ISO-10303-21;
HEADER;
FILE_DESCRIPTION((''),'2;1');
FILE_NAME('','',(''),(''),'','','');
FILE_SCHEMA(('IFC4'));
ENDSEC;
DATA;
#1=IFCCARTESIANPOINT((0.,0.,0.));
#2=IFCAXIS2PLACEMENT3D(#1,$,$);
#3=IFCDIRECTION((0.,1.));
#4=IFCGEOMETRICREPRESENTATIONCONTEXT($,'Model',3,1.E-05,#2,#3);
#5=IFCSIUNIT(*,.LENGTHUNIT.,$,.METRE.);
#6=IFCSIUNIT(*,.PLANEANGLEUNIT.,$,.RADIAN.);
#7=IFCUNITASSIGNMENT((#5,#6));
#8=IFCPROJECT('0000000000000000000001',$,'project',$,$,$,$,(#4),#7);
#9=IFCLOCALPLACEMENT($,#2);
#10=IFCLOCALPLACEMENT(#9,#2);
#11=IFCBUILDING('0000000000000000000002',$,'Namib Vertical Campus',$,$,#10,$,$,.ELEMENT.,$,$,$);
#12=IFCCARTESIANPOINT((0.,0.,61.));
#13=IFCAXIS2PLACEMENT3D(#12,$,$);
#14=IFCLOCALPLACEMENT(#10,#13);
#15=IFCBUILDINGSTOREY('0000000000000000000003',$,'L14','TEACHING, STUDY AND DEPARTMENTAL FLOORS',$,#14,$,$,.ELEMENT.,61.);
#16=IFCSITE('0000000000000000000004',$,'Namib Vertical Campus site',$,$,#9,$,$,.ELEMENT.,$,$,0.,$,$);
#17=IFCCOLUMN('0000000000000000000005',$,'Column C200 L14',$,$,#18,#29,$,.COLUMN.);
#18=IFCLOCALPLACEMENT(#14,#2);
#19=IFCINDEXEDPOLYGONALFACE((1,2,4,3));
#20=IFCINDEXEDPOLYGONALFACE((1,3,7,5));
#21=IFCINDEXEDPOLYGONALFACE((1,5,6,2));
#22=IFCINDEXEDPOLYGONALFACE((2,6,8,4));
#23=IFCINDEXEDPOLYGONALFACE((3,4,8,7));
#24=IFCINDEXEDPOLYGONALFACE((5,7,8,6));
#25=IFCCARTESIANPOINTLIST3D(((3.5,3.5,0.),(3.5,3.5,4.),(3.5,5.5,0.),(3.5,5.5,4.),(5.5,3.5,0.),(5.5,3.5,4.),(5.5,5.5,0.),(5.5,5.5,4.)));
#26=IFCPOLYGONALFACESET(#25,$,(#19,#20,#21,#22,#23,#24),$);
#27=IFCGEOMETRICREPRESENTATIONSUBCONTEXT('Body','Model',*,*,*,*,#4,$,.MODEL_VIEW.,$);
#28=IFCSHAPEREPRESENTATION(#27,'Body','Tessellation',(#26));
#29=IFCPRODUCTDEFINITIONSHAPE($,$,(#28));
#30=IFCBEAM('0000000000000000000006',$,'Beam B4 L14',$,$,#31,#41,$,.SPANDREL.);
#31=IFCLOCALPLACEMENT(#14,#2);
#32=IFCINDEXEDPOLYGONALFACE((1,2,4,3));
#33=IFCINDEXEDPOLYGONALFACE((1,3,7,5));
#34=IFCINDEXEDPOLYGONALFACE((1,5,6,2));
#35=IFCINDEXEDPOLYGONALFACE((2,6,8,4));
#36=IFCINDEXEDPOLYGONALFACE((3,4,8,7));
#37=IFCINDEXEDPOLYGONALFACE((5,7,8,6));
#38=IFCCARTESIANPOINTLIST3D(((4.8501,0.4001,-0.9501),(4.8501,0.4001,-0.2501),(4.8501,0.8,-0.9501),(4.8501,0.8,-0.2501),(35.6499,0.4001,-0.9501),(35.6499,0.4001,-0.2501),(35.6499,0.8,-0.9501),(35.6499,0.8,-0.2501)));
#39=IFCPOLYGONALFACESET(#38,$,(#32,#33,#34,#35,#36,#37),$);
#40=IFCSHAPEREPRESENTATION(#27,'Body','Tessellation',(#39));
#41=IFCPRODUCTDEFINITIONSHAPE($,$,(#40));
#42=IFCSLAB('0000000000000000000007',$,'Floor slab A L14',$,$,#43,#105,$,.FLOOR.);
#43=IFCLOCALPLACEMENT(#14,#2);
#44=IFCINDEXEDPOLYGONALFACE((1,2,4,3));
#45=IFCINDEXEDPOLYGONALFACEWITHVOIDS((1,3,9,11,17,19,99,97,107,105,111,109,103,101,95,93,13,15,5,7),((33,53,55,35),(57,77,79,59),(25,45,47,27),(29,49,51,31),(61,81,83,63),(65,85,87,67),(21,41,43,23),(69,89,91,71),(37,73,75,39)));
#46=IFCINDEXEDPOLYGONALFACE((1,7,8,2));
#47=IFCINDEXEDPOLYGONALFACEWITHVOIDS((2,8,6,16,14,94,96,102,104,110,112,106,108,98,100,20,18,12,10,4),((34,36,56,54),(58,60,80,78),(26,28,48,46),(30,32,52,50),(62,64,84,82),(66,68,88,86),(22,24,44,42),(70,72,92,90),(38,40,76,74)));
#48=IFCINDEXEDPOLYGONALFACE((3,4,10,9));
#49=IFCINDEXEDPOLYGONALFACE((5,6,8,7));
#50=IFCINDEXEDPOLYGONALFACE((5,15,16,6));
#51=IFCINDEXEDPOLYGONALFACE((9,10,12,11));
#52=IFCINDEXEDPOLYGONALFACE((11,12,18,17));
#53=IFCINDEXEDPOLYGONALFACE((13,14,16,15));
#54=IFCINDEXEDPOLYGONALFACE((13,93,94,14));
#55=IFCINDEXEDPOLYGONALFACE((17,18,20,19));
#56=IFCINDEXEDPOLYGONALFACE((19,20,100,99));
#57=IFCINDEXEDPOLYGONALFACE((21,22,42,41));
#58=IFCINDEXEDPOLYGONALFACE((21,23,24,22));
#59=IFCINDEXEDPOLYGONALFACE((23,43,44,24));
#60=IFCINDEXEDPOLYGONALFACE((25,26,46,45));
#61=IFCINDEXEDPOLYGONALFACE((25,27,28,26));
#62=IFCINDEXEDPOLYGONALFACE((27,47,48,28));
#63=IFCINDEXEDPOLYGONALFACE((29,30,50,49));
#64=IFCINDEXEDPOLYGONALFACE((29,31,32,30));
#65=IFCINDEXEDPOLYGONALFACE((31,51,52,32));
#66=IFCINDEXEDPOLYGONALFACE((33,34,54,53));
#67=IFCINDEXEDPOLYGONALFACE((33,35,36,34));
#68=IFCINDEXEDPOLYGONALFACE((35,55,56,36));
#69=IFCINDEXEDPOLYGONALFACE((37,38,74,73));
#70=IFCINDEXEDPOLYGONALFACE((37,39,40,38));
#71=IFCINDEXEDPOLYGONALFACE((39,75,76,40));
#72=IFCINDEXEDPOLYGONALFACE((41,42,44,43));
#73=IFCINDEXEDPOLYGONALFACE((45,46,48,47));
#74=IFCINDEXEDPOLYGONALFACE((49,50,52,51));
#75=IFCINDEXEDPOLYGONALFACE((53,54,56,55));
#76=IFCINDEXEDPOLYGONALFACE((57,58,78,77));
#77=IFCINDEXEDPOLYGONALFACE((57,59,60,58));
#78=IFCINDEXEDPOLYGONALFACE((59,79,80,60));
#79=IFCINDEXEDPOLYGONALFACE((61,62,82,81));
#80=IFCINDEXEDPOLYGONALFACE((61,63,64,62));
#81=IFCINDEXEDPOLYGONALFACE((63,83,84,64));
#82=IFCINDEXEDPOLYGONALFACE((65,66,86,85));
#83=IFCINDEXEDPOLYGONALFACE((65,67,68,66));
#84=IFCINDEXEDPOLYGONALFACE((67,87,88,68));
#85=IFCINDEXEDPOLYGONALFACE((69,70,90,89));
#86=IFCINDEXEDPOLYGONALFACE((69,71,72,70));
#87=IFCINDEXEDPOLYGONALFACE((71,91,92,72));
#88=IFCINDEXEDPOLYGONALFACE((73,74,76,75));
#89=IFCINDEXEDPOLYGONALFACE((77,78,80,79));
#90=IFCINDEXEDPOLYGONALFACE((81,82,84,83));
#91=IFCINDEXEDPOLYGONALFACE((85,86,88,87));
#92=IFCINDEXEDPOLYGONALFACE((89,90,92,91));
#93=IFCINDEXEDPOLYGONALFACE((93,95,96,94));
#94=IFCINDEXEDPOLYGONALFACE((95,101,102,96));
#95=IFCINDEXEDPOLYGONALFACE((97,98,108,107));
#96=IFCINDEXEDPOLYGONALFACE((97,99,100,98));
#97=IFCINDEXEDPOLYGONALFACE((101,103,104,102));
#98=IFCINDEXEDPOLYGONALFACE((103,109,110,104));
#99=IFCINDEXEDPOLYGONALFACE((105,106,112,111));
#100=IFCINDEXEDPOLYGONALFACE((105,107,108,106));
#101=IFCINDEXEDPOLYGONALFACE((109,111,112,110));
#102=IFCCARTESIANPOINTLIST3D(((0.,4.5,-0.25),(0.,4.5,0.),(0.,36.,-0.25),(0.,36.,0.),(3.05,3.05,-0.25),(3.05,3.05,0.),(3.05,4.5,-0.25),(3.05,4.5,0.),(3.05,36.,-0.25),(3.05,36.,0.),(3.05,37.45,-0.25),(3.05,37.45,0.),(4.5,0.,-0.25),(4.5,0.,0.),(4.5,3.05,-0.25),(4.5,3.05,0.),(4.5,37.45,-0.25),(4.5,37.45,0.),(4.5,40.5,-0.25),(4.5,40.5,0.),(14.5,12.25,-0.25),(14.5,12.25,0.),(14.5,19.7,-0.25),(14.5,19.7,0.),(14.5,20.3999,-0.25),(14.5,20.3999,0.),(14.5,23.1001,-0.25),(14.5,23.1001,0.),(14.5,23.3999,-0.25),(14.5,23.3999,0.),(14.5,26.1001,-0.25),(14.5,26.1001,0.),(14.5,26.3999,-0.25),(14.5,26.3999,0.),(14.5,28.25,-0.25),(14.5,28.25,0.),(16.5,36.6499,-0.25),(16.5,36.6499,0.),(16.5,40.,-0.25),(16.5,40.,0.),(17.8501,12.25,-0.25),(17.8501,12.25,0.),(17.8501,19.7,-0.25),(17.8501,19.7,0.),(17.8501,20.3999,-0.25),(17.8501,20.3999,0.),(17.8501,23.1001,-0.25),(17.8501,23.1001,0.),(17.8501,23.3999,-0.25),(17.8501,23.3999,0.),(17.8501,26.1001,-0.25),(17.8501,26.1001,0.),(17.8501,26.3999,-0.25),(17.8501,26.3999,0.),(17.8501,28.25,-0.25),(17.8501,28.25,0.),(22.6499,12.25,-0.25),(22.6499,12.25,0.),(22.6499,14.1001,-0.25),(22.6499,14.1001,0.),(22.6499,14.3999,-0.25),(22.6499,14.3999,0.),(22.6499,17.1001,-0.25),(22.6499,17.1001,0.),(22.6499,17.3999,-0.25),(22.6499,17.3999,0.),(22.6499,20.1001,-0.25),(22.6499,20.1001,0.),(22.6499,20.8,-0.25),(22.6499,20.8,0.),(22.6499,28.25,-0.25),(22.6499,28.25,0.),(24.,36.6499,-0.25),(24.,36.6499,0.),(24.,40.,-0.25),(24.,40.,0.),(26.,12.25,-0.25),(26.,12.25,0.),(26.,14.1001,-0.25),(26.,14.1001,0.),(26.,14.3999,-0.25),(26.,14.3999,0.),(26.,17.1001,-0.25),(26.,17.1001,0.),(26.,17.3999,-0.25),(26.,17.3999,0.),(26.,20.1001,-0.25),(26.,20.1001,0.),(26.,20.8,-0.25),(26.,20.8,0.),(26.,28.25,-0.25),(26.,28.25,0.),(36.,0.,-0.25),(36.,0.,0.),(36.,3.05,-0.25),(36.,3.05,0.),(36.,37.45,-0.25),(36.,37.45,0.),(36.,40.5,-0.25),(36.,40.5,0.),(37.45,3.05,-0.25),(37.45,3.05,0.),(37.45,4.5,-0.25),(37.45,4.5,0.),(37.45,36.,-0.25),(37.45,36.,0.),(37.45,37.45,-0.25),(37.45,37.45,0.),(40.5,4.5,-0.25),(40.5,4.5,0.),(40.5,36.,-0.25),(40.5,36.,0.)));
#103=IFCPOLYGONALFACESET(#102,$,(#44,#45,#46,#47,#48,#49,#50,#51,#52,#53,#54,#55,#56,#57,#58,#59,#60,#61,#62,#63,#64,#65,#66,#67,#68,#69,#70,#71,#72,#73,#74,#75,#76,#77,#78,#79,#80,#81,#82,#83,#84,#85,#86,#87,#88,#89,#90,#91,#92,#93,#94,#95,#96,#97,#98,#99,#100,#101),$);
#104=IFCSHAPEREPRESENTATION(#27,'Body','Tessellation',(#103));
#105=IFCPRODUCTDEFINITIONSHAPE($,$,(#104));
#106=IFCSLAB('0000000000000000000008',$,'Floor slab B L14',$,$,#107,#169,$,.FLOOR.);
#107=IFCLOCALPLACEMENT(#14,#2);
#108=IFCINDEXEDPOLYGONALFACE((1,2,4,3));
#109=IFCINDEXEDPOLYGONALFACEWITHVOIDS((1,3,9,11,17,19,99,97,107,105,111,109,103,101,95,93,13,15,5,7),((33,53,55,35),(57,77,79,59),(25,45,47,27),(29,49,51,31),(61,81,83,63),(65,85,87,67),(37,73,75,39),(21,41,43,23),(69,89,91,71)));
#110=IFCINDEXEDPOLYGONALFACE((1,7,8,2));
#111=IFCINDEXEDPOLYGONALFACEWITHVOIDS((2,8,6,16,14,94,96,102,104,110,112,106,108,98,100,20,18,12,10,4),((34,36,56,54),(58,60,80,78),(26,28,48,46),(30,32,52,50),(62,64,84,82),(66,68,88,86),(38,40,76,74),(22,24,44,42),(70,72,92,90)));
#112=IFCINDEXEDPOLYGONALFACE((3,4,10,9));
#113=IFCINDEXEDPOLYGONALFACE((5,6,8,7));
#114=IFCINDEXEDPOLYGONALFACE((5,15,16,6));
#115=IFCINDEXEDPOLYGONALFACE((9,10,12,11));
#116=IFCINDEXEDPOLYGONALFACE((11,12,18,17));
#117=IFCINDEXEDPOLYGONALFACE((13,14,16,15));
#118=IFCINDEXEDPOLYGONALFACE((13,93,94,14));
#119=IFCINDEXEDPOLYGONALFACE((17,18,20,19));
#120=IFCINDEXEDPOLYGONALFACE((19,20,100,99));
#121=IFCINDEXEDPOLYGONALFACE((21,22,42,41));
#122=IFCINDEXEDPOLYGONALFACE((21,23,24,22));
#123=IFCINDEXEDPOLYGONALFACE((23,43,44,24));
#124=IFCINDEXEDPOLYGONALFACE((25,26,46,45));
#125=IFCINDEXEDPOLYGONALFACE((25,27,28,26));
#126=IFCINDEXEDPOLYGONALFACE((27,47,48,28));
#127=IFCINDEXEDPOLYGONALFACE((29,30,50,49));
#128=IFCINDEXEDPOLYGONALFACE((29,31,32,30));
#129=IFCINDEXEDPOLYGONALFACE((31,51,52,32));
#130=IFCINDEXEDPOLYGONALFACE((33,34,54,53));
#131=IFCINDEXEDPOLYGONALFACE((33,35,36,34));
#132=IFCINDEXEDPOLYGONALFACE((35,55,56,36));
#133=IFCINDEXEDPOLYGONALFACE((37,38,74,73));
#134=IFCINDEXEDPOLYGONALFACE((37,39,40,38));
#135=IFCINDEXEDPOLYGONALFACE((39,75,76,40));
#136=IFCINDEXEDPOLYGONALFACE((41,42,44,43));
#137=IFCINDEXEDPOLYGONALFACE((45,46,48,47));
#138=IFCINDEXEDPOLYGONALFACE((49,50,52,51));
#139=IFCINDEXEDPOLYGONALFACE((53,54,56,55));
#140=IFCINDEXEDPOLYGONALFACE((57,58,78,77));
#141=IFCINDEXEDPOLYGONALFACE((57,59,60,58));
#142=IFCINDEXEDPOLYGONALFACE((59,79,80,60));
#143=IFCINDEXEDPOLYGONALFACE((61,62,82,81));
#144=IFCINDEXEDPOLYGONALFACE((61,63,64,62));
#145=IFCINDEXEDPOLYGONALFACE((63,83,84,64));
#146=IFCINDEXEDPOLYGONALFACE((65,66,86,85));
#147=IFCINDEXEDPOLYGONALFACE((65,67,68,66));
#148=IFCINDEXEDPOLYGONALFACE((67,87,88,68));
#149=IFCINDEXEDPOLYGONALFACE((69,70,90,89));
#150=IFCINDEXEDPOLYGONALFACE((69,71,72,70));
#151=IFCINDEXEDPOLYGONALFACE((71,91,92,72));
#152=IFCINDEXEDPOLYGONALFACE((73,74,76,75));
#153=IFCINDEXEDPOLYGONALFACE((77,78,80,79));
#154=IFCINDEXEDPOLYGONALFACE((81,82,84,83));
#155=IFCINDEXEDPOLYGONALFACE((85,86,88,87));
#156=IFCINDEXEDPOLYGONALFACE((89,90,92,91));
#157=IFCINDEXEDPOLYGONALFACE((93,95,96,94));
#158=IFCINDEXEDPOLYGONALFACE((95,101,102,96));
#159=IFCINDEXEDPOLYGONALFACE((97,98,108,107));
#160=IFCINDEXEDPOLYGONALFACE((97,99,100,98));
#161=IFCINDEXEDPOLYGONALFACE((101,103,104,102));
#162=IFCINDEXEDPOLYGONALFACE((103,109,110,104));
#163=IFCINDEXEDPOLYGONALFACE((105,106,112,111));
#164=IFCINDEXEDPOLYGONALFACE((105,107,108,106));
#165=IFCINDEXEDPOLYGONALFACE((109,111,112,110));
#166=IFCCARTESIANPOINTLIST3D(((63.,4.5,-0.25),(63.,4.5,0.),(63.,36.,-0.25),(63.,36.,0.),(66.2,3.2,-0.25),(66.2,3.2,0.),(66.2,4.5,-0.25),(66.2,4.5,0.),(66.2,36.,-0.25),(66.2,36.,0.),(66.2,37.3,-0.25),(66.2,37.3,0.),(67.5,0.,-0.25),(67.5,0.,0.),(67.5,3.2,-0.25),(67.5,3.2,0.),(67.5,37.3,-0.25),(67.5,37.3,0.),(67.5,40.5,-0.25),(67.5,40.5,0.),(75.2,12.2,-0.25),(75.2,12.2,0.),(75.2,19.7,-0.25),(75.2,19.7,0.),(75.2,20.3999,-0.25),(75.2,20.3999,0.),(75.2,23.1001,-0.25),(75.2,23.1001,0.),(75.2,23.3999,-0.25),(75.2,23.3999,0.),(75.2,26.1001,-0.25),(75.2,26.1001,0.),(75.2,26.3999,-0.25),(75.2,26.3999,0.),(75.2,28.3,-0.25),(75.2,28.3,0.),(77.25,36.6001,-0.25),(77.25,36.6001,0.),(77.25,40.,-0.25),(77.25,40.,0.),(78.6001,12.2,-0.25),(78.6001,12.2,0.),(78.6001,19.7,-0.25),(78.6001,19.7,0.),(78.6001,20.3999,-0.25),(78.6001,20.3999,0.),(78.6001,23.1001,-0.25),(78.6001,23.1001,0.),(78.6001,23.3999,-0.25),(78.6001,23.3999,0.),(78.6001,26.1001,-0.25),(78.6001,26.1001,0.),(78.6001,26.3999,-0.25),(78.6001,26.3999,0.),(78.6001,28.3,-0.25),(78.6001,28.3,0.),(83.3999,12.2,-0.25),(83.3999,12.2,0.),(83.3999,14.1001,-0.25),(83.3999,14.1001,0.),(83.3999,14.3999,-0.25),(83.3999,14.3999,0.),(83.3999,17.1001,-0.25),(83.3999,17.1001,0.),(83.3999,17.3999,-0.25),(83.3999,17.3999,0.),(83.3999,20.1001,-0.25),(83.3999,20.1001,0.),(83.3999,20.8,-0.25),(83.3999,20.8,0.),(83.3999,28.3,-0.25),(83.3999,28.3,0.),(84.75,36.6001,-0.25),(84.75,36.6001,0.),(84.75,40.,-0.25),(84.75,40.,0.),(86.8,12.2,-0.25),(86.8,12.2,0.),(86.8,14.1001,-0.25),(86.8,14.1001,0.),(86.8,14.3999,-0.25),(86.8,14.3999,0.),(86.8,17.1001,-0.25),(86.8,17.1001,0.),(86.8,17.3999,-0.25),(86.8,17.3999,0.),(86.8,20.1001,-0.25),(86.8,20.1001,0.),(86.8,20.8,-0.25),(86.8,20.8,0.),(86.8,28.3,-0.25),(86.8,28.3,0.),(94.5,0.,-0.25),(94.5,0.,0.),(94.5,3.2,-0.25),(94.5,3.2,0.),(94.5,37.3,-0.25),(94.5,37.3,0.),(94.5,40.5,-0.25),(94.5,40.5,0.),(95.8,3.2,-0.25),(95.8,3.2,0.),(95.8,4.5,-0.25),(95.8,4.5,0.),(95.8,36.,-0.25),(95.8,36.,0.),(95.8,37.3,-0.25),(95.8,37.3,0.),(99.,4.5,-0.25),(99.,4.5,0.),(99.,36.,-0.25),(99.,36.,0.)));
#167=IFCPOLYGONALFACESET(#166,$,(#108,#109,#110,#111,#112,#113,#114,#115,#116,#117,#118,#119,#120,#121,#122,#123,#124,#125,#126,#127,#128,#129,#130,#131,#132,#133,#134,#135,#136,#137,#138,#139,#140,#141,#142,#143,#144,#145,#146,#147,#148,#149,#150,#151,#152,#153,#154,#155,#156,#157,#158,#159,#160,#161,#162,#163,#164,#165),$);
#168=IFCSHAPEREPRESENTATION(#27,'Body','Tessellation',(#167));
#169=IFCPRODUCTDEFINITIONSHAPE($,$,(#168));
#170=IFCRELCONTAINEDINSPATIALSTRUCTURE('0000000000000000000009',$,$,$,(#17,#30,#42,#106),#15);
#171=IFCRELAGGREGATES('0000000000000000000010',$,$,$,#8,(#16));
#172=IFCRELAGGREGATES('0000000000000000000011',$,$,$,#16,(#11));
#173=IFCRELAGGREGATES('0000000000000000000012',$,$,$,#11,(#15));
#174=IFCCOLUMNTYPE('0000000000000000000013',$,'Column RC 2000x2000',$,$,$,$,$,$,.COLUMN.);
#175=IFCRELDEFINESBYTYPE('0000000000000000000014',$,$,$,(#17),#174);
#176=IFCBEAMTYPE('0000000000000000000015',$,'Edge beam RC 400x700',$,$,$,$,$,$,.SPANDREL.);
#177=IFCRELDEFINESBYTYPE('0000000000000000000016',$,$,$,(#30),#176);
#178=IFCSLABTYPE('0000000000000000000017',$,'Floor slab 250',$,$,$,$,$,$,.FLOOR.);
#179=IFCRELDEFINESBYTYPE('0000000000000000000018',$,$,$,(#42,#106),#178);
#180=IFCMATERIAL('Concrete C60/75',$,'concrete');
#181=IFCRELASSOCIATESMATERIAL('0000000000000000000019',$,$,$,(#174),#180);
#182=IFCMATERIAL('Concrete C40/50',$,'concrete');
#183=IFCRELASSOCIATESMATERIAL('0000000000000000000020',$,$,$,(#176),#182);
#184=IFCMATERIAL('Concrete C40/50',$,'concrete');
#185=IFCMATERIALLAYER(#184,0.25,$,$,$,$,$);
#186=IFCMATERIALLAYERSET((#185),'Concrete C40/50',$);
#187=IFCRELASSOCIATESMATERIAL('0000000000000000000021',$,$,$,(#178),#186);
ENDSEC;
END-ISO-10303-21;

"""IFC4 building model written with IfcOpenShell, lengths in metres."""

from ifc_helpers import new_model, si_unit, direction, frame, origin, origin_2d, place, context, subcontext, project, spatial, polyline, rectangle, outline, extrude, material, layer, layer_set, material_profile, profile_set, type_object, element, save


model = new_model("IFC4")

# Units and contexts
model_context = context("Model", 3, precision=1e-05, world=origin(), true_north=direction((0.0, 1.0)))
body_context = subcontext(model_context, "Body", "Model", "MODEL_VIEW")
ifc_project = project(units=[si_unit("LENGTHUNIT", "METRE"), si_unit("PLANEANGLEUNIT", "RADIAN")], contexts=[model_context])

# Site, building, storey
site_placement = place(None, origin())
site = spatial("IfcSite", under=ifc_project, at=site_placement, Name="Namib Vertical Campus site", CompositionType="ELEMENT", RefElevation=0.0)
building_placement = place(site_placement, origin())
building = spatial("IfcBuilding", under=site, at=building_placement, Name="Namib Vertical Campus", CompositionType="ELEMENT")
storey_placement = place(building_placement, frame((0.0, 0.0, 61.0)))
storey = spatial("IfcBuildingStorey", under=building, at=storey_placement, Name="L14", Description="TEACHING, STUDY AND DEPARTMENTAL FLOORS", CompositionType="ELEMENT", Elevation=61.0)

# Column
ifc_material_1 = material(Name="Concrete C60/75", Category="concrete")
ifc_material_profile_1 = material_profile(ifc_material_1, rectangle(XDim=2.0, YDim=2.0, at=origin_2d()))
ifc_profile_set_1 = profile_set([ifc_material_profile_1], Name="Concrete C60/75")
column_type = type_object("IfcColumnType", Name="Column RC 2000x2000", PredefinedType="COLUMN", material=ifc_profile_set_1)
column_placement = place(storey_placement, frame((4.5, 4.5, 0.0), z_axis=(0.0, 0.0, 1.0), x_axis=(1.0, 0.0, 0.0)))
element("IfcColumn", 1, at=column_placement, inside=storey, type_object=column_type, Name="Column C200 L14", PredefinedType="COLUMN", context=body_context, shape_type="SweptSolid", body=[
    extrude(rectangle(XDim=2.0, YDim=2.0, at=origin_2d()), origin(), (0.0, 0.0, 1.0), 4.0),
])

# Beam
ifc_material_2 = material(Name="Concrete C40/50", Category="concrete")
ifc_material_profile_2 = material_profile(ifc_material_2, rectangle(XDim=0.3999, YDim=0.7, at=origin_2d()))
ifc_profile_set_2 = profile_set([ifc_material_profile_2], Name="Concrete C40/50")
beam_type = type_object("IfcBeamType", Name="Edge beam RC 400x700", PredefinedType="SPANDREL", material=ifc_profile_set_2)
beam_placement = place(storey_placement, frame((4.8501, 0.6001, -0.6001), z_axis=(1.0, 0.0, 0.0), x_axis=(0.0, 1.0, 0.0)))
element("IfcBeam", 2, at=beam_placement, inside=storey, type_object=beam_type, Name="Beam B4 L14", PredefinedType="SPANDREL", context=body_context, shape_type="SweptSolid", body=[
    extrude(rectangle(XDim=0.3999, YDim=0.7, at=origin_2d()), origin(), (0.0, 0.0, 1.0), 30.7998),
])

# Slabs
ifc_material_3 = material(Name="Concrete C40/50", Category="concrete")
ifc_layer_1 = layer(ifc_material_3, 0.25)
ifc_layer_set_1 = layer_set([ifc_layer_1], Name="Concrete C40/50")
slab_type_1 = type_object("IfcSlabType", Name="Floor slab 250", PredefinedType="FLOOR", material=ifc_layer_set_1)
slab_1_placement = place(storey_placement, frame((0.0, 0.0, -0.25)))
element("IfcSlab", 3, at=slab_1_placement, inside=storey, type_object=slab_type_1, Name="Floor slab A L14", PredefinedType="FLOOR", context=body_context, shape_type="SweptSolid", body=[
    extrude(outline(polyline([(4.5, 0.0), (36.0, 0.0), (36.0, 3.05), (37.45, 3.05), (37.45, 4.5), (40.5, 4.5), (40.5, 36.0), (37.45, 36.0), (37.45, 37.45), (36.0, 37.45), (36.0, 40.5), (4.5, 40.5), (4.5, 37.45), (3.05, 37.45), (3.05, 36.0), (0.0, 36.0), (0.0, 4.5), (3.05, 4.5), (3.05, 3.05), (4.5, 3.05), (4.5, 0.0)]), holes=[polyline([(14.5, 12.25), (17.8501, 12.25), (17.8501, 19.7), (14.5, 19.7), (14.5, 12.25)]), polyline([(22.6499, 20.8), (26.0, 20.8), (26.0, 28.25), (22.6499, 28.25), (22.6499, 20.8)]), polyline([(22.6499, 12.25), (26.0, 12.25), (26.0, 14.1001), (22.6499, 14.1001), (22.6499, 12.25)]), polyline([(14.5, 20.3999), (17.8501, 20.3999), (17.8501, 23.1001), (14.5, 23.1001), (14.5, 20.3999)]), polyline([(14.5, 23.3999), (17.8501, 23.3999), (17.8501, 26.1001), (14.5, 26.1001), (14.5, 23.3999)]), polyline([(14.5, 26.3999), (17.8501, 26.3999), (17.8501, 28.25), (14.5, 28.25), (14.5, 26.3999)]), polyline([(22.6499, 14.3999), (26.0, 14.3999), (26.0, 17.1001), (22.6499, 17.1001), (22.6499, 14.3999)]), polyline([(22.6499, 17.3999), (26.0, 17.3999), (26.0, 20.1001), (22.6499, 20.1001), (22.6499, 17.3999)]), polyline([(16.5, 36.6499), (24.0, 36.6499), (24.0, 40.0), (16.5, 40.0), (16.5, 36.6499)])]), origin(), (0.0, 0.0, 1.0), 0.25),
])
slab_2_placement = place(storey_placement, frame((0.0, 0.0, -0.25)))
element("IfcSlab", 4, at=slab_2_placement, inside=storey, type_object=slab_type_1, Name="Floor slab B L14", PredefinedType="FLOOR", context=body_context, shape_type="SweptSolid", body=[
    extrude(outline(polyline([(67.5, 0.0), (94.5, 0.0), (94.5, 3.2), (95.8, 3.2), (95.8, 4.5), (99.0, 4.5), (99.0, 36.0), (95.8, 36.0), (95.8, 37.3), (94.5, 37.3), (94.5, 40.5), (67.5, 40.5), (67.5, 37.3), (66.2, 37.3), (66.2, 36.0), (63.0, 36.0), (63.0, 4.5), (66.2, 4.5), (66.2, 3.2), (67.5, 3.2), (67.5, 0.0)]), holes=[polyline([(75.2, 12.2), (78.6001, 12.2), (78.6001, 19.7), (75.2, 19.7), (75.2, 12.2)]), polyline([(83.3999, 20.8), (86.8, 20.8), (86.8, 28.3), (83.3999, 28.3), (83.3999, 20.8)]), polyline([(83.3999, 12.2), (86.8, 12.2), (86.8, 14.1001), (83.3999, 14.1001), (83.3999, 12.2)]), polyline([(75.2, 20.3999), (78.6001, 20.3999), (78.6001, 23.1001), (75.2, 23.1001), (75.2, 20.3999)]), polyline([(75.2, 23.3999), (78.6001, 23.3999), (78.6001, 26.1001), (75.2, 26.1001), (75.2, 23.3999)]), polyline([(75.2, 26.3999), (78.6001, 26.3999), (78.6001, 28.3), (75.2, 28.3), (75.2, 26.3999)]), polyline([(83.3999, 14.3999), (86.8, 14.3999), (86.8, 17.1001), (83.3999, 17.1001), (83.3999, 14.3999)]), polyline([(83.3999, 17.3999), (86.8, 17.3999), (86.8, 20.1001), (83.3999, 20.1001), (83.3999, 17.3999)]), polyline([(77.25, 36.6001), (84.75, 36.6001), (84.75, 40.0), (77.25, 40.0), (77.25, 36.6001)])]), origin(), (0.0, 0.0, 1.0), 0.25),
])

save(model, "model.ifc")
